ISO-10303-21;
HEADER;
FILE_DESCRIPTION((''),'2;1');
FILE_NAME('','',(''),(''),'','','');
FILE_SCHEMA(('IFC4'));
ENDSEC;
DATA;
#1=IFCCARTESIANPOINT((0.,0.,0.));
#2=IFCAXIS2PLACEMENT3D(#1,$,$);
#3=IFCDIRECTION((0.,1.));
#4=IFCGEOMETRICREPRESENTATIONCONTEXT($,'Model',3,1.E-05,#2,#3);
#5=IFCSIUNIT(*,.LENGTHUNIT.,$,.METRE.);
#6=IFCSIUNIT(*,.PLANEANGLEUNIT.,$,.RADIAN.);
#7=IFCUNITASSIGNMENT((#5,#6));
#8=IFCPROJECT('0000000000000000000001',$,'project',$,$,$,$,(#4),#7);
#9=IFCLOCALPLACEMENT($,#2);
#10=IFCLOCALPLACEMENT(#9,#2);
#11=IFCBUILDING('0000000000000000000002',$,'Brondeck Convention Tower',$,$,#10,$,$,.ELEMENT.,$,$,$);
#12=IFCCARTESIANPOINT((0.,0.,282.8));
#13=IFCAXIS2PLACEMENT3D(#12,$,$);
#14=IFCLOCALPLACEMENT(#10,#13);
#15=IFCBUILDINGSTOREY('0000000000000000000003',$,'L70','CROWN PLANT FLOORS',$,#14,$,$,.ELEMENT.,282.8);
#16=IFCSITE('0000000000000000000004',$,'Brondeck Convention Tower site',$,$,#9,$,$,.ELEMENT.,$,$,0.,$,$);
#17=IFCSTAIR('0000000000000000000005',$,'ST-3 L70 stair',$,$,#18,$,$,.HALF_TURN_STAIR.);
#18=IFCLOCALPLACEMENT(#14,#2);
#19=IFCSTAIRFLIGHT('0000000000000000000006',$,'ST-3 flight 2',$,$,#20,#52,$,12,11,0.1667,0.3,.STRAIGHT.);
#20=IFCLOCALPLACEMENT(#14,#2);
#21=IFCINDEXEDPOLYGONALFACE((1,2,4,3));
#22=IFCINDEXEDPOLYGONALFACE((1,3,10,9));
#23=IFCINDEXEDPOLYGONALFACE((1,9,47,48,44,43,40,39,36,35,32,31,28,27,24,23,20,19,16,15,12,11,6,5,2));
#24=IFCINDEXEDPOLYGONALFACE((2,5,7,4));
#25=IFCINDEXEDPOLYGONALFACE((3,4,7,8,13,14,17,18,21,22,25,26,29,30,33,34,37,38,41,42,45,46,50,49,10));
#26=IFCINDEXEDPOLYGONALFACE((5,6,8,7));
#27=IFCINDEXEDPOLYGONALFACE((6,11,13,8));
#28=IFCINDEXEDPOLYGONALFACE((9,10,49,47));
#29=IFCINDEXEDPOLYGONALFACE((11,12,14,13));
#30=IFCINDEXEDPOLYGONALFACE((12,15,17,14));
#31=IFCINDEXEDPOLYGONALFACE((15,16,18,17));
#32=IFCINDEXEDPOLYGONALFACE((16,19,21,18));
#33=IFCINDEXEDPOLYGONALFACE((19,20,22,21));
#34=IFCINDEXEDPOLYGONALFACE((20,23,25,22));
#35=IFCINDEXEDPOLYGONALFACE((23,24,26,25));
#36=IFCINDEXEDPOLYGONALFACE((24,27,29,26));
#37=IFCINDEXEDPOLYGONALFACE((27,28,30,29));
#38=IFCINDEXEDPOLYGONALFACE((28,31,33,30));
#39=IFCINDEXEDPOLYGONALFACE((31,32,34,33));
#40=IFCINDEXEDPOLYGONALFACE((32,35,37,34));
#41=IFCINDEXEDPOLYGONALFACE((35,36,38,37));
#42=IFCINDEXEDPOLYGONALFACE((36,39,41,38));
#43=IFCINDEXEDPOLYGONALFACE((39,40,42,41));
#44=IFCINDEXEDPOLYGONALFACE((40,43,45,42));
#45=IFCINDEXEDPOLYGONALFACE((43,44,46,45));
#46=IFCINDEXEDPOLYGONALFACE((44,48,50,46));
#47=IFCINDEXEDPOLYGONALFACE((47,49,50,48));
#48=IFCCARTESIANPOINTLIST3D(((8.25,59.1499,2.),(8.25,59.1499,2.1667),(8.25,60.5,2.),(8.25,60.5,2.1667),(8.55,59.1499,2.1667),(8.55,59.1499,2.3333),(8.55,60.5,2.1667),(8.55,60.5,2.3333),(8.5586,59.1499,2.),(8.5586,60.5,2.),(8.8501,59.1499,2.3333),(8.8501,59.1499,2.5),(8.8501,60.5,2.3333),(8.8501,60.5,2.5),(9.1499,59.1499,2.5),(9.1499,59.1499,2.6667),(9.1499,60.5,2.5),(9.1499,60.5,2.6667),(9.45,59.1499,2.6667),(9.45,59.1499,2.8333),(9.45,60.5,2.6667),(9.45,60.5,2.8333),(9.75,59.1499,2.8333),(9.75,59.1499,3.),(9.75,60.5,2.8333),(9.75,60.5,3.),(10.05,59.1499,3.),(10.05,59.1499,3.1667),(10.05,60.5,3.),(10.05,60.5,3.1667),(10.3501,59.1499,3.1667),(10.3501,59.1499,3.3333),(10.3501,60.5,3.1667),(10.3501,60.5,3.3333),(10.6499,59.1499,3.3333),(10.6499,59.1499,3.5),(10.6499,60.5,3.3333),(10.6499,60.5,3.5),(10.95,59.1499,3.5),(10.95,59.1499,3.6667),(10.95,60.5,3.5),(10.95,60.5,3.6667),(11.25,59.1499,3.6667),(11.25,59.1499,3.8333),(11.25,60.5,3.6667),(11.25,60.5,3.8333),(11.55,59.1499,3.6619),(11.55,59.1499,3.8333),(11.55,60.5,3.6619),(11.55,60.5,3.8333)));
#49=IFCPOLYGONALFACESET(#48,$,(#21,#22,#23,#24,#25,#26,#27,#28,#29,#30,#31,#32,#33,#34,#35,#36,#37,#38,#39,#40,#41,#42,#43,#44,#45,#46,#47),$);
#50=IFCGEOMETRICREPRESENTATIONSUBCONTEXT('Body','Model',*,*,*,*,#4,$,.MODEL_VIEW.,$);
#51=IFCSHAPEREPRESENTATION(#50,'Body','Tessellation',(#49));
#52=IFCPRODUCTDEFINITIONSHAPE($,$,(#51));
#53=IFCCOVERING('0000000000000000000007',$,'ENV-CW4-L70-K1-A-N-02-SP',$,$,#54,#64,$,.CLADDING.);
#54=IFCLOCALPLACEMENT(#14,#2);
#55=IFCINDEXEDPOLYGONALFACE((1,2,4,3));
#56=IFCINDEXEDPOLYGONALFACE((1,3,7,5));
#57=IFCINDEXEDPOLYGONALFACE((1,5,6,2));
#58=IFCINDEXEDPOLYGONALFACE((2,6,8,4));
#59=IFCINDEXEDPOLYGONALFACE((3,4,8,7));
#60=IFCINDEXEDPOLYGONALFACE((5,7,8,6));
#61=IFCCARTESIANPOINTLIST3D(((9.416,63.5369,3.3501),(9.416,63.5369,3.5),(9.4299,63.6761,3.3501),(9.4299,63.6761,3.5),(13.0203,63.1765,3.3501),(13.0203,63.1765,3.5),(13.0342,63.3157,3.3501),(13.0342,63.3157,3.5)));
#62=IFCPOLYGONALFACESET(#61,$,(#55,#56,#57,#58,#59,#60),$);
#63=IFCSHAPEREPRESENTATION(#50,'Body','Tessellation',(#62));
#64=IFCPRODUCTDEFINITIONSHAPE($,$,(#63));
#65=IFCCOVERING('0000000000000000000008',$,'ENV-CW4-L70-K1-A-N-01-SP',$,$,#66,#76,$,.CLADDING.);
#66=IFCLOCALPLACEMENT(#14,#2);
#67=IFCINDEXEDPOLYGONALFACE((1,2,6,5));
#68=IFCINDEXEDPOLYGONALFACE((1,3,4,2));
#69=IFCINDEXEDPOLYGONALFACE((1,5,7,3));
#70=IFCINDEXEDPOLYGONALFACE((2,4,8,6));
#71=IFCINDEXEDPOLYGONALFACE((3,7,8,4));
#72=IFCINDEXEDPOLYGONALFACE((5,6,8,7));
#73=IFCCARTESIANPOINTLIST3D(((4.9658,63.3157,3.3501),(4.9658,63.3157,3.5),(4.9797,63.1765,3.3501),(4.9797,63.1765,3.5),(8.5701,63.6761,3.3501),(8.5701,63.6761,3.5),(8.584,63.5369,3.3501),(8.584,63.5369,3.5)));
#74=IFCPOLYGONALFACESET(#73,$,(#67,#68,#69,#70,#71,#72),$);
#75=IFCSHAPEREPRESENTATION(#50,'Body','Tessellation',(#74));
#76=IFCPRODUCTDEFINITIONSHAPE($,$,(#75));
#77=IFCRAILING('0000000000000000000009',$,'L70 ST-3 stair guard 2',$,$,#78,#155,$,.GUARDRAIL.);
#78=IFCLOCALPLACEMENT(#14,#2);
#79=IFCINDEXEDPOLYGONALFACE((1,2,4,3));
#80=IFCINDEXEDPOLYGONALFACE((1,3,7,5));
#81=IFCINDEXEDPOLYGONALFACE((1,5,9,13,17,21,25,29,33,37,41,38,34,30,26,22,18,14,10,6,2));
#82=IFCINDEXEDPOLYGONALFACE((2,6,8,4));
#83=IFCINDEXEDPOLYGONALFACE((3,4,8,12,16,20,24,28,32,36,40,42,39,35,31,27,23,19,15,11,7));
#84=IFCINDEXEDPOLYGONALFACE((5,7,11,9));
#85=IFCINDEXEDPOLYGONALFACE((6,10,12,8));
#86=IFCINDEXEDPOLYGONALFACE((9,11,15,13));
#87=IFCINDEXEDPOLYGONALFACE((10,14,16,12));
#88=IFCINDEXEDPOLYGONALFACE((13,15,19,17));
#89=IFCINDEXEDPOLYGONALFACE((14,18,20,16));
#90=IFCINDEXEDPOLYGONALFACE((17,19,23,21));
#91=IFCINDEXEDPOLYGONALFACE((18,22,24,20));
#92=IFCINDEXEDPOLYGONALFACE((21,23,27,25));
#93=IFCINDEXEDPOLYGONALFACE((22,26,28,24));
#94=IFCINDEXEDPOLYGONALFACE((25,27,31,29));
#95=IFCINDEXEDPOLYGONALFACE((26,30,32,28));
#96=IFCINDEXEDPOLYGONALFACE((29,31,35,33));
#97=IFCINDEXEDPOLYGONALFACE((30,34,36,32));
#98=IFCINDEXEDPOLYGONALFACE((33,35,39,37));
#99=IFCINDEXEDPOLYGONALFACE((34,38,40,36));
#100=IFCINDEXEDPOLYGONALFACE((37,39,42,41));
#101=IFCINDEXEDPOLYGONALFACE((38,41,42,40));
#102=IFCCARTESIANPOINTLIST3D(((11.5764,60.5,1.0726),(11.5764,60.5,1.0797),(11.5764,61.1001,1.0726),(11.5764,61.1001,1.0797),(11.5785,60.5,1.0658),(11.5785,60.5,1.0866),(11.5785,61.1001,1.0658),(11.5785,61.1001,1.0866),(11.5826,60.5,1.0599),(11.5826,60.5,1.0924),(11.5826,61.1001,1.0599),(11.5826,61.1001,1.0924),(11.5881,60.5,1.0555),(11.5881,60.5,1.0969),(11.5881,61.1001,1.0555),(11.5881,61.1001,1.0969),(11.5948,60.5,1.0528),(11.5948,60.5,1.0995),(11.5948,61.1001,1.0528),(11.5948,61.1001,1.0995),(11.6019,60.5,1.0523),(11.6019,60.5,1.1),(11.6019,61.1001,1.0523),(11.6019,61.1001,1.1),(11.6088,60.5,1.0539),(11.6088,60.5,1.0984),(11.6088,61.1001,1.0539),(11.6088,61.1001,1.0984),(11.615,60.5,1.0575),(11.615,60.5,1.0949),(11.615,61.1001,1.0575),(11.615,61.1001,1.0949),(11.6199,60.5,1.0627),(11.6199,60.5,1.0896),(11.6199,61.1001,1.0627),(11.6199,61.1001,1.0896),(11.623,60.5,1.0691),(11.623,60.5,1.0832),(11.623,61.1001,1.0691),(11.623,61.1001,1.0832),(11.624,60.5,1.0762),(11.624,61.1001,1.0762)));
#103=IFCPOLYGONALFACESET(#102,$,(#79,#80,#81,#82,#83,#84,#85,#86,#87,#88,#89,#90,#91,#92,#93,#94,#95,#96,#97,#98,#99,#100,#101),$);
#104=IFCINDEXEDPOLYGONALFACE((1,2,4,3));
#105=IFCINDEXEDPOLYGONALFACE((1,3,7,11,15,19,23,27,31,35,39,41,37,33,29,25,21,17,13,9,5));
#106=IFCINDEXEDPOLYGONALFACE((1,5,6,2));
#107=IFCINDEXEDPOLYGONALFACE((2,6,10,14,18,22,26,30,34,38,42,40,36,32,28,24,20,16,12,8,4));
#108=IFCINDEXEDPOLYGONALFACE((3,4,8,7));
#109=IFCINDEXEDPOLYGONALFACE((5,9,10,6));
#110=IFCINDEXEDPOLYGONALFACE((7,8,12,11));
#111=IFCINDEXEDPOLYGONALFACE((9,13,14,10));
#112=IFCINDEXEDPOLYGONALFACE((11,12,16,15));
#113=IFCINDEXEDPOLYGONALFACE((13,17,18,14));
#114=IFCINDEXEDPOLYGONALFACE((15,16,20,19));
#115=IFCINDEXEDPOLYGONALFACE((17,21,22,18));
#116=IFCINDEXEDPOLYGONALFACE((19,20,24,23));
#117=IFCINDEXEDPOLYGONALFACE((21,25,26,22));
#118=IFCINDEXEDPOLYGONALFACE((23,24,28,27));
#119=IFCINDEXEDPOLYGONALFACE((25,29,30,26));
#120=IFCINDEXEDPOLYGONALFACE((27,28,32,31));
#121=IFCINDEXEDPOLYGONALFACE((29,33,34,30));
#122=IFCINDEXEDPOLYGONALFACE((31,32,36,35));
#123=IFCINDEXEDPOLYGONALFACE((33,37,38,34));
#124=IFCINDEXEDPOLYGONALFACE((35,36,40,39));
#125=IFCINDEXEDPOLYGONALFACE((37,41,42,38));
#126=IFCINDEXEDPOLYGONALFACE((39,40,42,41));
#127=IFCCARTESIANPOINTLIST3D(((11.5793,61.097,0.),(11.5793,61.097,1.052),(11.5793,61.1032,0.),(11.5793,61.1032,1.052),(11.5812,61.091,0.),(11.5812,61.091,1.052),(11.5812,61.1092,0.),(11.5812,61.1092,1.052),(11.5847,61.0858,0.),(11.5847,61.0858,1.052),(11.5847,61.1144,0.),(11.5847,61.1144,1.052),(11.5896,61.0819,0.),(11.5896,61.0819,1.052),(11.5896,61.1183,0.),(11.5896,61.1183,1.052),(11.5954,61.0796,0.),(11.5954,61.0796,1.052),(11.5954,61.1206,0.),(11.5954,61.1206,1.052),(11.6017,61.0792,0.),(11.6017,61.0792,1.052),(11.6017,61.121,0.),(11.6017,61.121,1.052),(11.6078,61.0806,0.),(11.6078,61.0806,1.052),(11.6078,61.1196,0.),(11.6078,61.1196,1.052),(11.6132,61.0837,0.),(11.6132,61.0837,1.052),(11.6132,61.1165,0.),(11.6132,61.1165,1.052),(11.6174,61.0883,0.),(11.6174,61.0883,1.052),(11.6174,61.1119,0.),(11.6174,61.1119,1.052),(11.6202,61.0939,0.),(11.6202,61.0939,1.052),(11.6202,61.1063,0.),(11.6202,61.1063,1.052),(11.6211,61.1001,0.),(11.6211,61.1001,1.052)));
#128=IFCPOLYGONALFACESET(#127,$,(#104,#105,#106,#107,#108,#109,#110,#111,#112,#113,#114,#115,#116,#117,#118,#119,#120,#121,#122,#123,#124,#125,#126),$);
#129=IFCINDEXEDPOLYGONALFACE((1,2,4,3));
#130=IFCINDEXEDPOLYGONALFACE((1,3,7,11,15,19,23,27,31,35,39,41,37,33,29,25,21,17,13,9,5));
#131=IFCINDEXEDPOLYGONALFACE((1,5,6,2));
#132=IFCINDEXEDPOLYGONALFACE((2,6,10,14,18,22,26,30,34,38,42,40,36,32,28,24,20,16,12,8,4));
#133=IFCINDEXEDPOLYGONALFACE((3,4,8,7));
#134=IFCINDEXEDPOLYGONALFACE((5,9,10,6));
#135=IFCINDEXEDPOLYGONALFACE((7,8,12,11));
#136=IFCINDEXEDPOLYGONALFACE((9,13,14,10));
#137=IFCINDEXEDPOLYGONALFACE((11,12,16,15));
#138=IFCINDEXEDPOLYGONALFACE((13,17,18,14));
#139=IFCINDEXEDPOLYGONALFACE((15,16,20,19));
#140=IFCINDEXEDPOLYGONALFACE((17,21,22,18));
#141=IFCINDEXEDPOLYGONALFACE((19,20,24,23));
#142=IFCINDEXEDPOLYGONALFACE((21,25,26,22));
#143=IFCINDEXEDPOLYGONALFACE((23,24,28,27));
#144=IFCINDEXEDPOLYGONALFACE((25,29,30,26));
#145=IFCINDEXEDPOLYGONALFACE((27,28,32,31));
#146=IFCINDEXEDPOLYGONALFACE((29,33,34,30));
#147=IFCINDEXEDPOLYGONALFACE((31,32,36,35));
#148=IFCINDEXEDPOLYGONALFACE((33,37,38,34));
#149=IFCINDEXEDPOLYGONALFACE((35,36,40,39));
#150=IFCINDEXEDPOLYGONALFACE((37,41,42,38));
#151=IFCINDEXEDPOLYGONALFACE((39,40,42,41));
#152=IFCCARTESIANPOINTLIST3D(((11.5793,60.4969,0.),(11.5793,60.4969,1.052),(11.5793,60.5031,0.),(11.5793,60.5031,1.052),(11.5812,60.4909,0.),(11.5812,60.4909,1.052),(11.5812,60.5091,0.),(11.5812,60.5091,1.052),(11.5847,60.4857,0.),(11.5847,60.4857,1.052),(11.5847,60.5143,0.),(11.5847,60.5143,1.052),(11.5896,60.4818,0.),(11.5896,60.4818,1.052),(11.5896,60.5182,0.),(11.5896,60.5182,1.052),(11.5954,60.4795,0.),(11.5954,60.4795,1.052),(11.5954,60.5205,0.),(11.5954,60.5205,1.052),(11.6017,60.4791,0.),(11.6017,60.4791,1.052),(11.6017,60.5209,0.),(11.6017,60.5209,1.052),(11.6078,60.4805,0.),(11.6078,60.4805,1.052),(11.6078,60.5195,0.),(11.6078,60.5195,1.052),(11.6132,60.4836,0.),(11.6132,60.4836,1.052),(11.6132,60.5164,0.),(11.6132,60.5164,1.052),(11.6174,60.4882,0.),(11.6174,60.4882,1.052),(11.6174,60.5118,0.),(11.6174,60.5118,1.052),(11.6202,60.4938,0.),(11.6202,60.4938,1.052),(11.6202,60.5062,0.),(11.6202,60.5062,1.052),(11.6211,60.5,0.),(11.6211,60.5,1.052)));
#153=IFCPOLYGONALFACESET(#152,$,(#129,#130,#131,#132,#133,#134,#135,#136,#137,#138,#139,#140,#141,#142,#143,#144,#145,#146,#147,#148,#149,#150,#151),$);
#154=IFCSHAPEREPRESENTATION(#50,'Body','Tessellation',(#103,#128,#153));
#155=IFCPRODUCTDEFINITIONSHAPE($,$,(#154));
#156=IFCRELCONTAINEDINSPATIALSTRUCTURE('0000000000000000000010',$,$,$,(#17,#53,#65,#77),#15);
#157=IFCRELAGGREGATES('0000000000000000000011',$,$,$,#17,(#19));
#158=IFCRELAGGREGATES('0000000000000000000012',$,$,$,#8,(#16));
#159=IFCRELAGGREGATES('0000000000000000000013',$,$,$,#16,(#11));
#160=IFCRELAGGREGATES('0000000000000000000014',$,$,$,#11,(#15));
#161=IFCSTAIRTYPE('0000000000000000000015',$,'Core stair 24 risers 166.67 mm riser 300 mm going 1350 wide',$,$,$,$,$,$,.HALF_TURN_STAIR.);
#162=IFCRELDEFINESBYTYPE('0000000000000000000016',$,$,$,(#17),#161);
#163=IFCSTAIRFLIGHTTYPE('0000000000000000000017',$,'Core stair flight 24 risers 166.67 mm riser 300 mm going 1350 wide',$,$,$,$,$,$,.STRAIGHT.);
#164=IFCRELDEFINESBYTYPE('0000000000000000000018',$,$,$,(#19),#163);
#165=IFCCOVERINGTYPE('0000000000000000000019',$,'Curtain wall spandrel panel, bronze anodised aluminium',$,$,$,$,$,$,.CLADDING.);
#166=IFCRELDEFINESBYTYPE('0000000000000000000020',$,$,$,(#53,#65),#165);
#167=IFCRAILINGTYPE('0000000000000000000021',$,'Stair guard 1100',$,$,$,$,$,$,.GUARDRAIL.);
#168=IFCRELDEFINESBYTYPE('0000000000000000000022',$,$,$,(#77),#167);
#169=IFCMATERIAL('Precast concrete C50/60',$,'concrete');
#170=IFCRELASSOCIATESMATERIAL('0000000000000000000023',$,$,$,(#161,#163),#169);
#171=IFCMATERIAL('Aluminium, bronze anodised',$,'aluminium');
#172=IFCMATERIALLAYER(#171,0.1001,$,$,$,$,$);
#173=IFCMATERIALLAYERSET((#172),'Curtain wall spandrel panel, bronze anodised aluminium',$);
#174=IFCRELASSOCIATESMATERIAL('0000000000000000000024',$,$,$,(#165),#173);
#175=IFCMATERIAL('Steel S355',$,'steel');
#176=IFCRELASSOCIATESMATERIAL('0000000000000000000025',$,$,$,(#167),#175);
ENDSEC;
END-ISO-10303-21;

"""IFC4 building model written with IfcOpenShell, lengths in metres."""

from ifc_helpers import new_model, si_unit, direction, frame, origin, origin_2d, place, context, subcontext, project, spatial, polyline, rectangle, circle, outline, extrude, material, layer, layer_set, type_object, element, aggregate, save


model = new_model("IFC4")

# Units and contexts
model_context = context("Model", 3, precision=1e-05, world=origin(), true_north=direction((0.0, 1.0)))
body_context = subcontext(model_context, "Body", "Model", "MODEL_VIEW")
ifc_project = project(units=[si_unit("LENGTHUNIT", "METRE"), si_unit("PLANEANGLEUNIT", "RADIAN")], contexts=[model_context])

# Site, building, storey
site_placement = place(None, origin())
site = spatial("IfcSite", under=ifc_project, at=site_placement, Name="Brondeck Convention Tower site", CompositionType="ELEMENT", RefElevation=0.0)
building_placement = place(site_placement, origin())
building = spatial("IfcBuilding", under=site, at=building_placement, Name="Brondeck Convention Tower", CompositionType="ELEMENT")
storey_placement = place(building_placement, frame((0.0, 0.0, 282.8)))
storey = spatial("IfcBuildingStorey", under=building, at=storey_placement, Name="L70", Description="CROWN PLANT FLOORS", CompositionType="ELEMENT", Elevation=282.8)

# Shared definitions
ifc_material_1 = material(Name="Aluminium, bronze anodised", Category="aluminium")

# Stair, stair flight
ifc_material_2 = material(Name="Precast concrete C50/60", Category="concrete")
stair_type = type_object("IfcStairType", Name="Core stair 24 risers 166.67 mm riser 300 mm going 1350 wide", PredefinedType="HALF_TURN_STAIR", material=ifc_material_2)
stair_placement = place(storey_placement, origin())
stair = element("IfcStair", 1, at=stair_placement, inside=storey, type_object=stair_type, Name="ST-3 L70 stair", PredefinedType="HALF_TURN_STAIR")
stair_flight_type = type_object("IfcStairFlightType", Name="Core stair flight 24 risers 166.67 mm riser 300 mm going 1350 wide", PredefinedType="STRAIGHT", material=ifc_material_2)
stair_flight_1_placement = place(storey_placement, frame((8.25, 59.825, 2.0), z_axis=(0.0, 0.0, 1.0), x_axis=(1.0, 0.0, 0.0)))
stair_flight_1 = element("IfcStairFlight", 2, at=stair_flight_1_placement, type_object=stair_flight_type, Name="ST-3 flight 2", NumberOfRisers=12, NumberOfTreads=11, PredefinedType="STRAIGHT", RiserHeight=0.1667, TreadLength=0.3, context=body_context, shape_type="SweptSolid", body=[
    extrude(outline(polyline([(0.0, 0.0), (0.0, 0.1667), (0.3, 0.1667), (0.3, 0.3333), (0.6001, 0.3333), (0.6001, 0.5), (0.8999, 0.5), (0.8999, 0.6667), (1.2, 0.6667), (1.2, 0.8333), (1.5, 0.8333), (1.5, 1.0), (1.8, 1.0), (1.8, 1.1667), (2.1001, 1.1667), (2.1001, 1.3333), (2.3999, 1.3333), (2.3999, 1.5), (2.7, 1.5), (2.7, 1.6667), (3.0, 1.6667), (3.0, 1.8333), (3.3, 1.8333), (3.3, 2.0), (3.3, 1.6619), (0.3086, 0.0), (0.0, 0.0)])), frame((0.0, 0.675, 0.0), z_axis=(0.0, -1.0, 0.0), x_axis=(1.0, 0.0, 0.0)), (0.0, 0.0, 1.0), 1.3501),
])
aggregate(stair, [stair_flight_1])

# Coverings
ifc_layer_1 = layer(ifc_material_1, 0.1001)
ifc_layer_set_1 = layer_set([ifc_layer_1], Name="Curtain wall spandrel panel, bronze anodised aluminium")
covering_type = type_object("IfcCoveringType", Name="Curtain wall spandrel panel, bronze anodised aluminium", PredefinedType="CLADDING", material=ifc_layer_set_1)
for number, where, z_axis, x_axis, name in (
    (3, (11.2251, 63.4263, 3.3501), (0.0, 0.0, 1.0), (0.995037, -0.099504, 0.0), "ENV-CW4-L70-K1-A-N-02-SP"),
    (4, (6.7749, 63.4263, 3.3501), (0.0, 0.0, 1.0), (0.995037, 0.099504, 0.0), "ENV-CW4-L70-K1-A-N-01-SP"),
):
    element("IfcCovering", number, at=place(storey_placement, frame(where, z_axis=z_axis, x_axis=x_axis)), inside=storey, type_object=covering_type, Name=name, PredefinedType="CLADDING", context=body_context, shape_type="SweptSolid", body=[
        extrude(rectangle(XDim=3.6223, YDim=0.1399, at=origin_2d()), origin(), (0.0, 0.0, 1.0), 0.1499),
    ])

# Railing
ifc_material_3 = material(Name="Steel S355", Category="steel")
railing_type_1 = type_object("IfcRailingType", Name="Stair guard 1100", PredefinedType="GUARDRAIL", material=ifc_material_3)
railing_1_placement = place(storey_placement, frame((11.6001, 61.1001, 0.0)))
element("IfcRailing", 5, at=railing_1_placement, inside=storey, type_object=railing_type_1, Name="L70 ST-3 stair guard 2", PredefinedType="GUARDRAIL", context=body_context, shape_type="SweptSolid", body=[
    extrude(circle(Radius=0.0239, at=origin_2d()), frame((0.0, 0.0, 1.0762), z_axis=(0.0, -1.0, 0.0), x_axis=(1.0, 0.0, 0.0)), (0.0, 0.0, 1.0), 0.6001),
    extrude(circle(Radius=0.021, at=origin_2d()), origin(), (0.0, 0.0, 1.0), 1.052),
    extrude(circle(Radius=0.021, at=origin_2d()), frame((0.0, -0.6001, 0.0)), (0.0, 0.0, 1.0), 1.052),
])

save(model, "model.ifc")
